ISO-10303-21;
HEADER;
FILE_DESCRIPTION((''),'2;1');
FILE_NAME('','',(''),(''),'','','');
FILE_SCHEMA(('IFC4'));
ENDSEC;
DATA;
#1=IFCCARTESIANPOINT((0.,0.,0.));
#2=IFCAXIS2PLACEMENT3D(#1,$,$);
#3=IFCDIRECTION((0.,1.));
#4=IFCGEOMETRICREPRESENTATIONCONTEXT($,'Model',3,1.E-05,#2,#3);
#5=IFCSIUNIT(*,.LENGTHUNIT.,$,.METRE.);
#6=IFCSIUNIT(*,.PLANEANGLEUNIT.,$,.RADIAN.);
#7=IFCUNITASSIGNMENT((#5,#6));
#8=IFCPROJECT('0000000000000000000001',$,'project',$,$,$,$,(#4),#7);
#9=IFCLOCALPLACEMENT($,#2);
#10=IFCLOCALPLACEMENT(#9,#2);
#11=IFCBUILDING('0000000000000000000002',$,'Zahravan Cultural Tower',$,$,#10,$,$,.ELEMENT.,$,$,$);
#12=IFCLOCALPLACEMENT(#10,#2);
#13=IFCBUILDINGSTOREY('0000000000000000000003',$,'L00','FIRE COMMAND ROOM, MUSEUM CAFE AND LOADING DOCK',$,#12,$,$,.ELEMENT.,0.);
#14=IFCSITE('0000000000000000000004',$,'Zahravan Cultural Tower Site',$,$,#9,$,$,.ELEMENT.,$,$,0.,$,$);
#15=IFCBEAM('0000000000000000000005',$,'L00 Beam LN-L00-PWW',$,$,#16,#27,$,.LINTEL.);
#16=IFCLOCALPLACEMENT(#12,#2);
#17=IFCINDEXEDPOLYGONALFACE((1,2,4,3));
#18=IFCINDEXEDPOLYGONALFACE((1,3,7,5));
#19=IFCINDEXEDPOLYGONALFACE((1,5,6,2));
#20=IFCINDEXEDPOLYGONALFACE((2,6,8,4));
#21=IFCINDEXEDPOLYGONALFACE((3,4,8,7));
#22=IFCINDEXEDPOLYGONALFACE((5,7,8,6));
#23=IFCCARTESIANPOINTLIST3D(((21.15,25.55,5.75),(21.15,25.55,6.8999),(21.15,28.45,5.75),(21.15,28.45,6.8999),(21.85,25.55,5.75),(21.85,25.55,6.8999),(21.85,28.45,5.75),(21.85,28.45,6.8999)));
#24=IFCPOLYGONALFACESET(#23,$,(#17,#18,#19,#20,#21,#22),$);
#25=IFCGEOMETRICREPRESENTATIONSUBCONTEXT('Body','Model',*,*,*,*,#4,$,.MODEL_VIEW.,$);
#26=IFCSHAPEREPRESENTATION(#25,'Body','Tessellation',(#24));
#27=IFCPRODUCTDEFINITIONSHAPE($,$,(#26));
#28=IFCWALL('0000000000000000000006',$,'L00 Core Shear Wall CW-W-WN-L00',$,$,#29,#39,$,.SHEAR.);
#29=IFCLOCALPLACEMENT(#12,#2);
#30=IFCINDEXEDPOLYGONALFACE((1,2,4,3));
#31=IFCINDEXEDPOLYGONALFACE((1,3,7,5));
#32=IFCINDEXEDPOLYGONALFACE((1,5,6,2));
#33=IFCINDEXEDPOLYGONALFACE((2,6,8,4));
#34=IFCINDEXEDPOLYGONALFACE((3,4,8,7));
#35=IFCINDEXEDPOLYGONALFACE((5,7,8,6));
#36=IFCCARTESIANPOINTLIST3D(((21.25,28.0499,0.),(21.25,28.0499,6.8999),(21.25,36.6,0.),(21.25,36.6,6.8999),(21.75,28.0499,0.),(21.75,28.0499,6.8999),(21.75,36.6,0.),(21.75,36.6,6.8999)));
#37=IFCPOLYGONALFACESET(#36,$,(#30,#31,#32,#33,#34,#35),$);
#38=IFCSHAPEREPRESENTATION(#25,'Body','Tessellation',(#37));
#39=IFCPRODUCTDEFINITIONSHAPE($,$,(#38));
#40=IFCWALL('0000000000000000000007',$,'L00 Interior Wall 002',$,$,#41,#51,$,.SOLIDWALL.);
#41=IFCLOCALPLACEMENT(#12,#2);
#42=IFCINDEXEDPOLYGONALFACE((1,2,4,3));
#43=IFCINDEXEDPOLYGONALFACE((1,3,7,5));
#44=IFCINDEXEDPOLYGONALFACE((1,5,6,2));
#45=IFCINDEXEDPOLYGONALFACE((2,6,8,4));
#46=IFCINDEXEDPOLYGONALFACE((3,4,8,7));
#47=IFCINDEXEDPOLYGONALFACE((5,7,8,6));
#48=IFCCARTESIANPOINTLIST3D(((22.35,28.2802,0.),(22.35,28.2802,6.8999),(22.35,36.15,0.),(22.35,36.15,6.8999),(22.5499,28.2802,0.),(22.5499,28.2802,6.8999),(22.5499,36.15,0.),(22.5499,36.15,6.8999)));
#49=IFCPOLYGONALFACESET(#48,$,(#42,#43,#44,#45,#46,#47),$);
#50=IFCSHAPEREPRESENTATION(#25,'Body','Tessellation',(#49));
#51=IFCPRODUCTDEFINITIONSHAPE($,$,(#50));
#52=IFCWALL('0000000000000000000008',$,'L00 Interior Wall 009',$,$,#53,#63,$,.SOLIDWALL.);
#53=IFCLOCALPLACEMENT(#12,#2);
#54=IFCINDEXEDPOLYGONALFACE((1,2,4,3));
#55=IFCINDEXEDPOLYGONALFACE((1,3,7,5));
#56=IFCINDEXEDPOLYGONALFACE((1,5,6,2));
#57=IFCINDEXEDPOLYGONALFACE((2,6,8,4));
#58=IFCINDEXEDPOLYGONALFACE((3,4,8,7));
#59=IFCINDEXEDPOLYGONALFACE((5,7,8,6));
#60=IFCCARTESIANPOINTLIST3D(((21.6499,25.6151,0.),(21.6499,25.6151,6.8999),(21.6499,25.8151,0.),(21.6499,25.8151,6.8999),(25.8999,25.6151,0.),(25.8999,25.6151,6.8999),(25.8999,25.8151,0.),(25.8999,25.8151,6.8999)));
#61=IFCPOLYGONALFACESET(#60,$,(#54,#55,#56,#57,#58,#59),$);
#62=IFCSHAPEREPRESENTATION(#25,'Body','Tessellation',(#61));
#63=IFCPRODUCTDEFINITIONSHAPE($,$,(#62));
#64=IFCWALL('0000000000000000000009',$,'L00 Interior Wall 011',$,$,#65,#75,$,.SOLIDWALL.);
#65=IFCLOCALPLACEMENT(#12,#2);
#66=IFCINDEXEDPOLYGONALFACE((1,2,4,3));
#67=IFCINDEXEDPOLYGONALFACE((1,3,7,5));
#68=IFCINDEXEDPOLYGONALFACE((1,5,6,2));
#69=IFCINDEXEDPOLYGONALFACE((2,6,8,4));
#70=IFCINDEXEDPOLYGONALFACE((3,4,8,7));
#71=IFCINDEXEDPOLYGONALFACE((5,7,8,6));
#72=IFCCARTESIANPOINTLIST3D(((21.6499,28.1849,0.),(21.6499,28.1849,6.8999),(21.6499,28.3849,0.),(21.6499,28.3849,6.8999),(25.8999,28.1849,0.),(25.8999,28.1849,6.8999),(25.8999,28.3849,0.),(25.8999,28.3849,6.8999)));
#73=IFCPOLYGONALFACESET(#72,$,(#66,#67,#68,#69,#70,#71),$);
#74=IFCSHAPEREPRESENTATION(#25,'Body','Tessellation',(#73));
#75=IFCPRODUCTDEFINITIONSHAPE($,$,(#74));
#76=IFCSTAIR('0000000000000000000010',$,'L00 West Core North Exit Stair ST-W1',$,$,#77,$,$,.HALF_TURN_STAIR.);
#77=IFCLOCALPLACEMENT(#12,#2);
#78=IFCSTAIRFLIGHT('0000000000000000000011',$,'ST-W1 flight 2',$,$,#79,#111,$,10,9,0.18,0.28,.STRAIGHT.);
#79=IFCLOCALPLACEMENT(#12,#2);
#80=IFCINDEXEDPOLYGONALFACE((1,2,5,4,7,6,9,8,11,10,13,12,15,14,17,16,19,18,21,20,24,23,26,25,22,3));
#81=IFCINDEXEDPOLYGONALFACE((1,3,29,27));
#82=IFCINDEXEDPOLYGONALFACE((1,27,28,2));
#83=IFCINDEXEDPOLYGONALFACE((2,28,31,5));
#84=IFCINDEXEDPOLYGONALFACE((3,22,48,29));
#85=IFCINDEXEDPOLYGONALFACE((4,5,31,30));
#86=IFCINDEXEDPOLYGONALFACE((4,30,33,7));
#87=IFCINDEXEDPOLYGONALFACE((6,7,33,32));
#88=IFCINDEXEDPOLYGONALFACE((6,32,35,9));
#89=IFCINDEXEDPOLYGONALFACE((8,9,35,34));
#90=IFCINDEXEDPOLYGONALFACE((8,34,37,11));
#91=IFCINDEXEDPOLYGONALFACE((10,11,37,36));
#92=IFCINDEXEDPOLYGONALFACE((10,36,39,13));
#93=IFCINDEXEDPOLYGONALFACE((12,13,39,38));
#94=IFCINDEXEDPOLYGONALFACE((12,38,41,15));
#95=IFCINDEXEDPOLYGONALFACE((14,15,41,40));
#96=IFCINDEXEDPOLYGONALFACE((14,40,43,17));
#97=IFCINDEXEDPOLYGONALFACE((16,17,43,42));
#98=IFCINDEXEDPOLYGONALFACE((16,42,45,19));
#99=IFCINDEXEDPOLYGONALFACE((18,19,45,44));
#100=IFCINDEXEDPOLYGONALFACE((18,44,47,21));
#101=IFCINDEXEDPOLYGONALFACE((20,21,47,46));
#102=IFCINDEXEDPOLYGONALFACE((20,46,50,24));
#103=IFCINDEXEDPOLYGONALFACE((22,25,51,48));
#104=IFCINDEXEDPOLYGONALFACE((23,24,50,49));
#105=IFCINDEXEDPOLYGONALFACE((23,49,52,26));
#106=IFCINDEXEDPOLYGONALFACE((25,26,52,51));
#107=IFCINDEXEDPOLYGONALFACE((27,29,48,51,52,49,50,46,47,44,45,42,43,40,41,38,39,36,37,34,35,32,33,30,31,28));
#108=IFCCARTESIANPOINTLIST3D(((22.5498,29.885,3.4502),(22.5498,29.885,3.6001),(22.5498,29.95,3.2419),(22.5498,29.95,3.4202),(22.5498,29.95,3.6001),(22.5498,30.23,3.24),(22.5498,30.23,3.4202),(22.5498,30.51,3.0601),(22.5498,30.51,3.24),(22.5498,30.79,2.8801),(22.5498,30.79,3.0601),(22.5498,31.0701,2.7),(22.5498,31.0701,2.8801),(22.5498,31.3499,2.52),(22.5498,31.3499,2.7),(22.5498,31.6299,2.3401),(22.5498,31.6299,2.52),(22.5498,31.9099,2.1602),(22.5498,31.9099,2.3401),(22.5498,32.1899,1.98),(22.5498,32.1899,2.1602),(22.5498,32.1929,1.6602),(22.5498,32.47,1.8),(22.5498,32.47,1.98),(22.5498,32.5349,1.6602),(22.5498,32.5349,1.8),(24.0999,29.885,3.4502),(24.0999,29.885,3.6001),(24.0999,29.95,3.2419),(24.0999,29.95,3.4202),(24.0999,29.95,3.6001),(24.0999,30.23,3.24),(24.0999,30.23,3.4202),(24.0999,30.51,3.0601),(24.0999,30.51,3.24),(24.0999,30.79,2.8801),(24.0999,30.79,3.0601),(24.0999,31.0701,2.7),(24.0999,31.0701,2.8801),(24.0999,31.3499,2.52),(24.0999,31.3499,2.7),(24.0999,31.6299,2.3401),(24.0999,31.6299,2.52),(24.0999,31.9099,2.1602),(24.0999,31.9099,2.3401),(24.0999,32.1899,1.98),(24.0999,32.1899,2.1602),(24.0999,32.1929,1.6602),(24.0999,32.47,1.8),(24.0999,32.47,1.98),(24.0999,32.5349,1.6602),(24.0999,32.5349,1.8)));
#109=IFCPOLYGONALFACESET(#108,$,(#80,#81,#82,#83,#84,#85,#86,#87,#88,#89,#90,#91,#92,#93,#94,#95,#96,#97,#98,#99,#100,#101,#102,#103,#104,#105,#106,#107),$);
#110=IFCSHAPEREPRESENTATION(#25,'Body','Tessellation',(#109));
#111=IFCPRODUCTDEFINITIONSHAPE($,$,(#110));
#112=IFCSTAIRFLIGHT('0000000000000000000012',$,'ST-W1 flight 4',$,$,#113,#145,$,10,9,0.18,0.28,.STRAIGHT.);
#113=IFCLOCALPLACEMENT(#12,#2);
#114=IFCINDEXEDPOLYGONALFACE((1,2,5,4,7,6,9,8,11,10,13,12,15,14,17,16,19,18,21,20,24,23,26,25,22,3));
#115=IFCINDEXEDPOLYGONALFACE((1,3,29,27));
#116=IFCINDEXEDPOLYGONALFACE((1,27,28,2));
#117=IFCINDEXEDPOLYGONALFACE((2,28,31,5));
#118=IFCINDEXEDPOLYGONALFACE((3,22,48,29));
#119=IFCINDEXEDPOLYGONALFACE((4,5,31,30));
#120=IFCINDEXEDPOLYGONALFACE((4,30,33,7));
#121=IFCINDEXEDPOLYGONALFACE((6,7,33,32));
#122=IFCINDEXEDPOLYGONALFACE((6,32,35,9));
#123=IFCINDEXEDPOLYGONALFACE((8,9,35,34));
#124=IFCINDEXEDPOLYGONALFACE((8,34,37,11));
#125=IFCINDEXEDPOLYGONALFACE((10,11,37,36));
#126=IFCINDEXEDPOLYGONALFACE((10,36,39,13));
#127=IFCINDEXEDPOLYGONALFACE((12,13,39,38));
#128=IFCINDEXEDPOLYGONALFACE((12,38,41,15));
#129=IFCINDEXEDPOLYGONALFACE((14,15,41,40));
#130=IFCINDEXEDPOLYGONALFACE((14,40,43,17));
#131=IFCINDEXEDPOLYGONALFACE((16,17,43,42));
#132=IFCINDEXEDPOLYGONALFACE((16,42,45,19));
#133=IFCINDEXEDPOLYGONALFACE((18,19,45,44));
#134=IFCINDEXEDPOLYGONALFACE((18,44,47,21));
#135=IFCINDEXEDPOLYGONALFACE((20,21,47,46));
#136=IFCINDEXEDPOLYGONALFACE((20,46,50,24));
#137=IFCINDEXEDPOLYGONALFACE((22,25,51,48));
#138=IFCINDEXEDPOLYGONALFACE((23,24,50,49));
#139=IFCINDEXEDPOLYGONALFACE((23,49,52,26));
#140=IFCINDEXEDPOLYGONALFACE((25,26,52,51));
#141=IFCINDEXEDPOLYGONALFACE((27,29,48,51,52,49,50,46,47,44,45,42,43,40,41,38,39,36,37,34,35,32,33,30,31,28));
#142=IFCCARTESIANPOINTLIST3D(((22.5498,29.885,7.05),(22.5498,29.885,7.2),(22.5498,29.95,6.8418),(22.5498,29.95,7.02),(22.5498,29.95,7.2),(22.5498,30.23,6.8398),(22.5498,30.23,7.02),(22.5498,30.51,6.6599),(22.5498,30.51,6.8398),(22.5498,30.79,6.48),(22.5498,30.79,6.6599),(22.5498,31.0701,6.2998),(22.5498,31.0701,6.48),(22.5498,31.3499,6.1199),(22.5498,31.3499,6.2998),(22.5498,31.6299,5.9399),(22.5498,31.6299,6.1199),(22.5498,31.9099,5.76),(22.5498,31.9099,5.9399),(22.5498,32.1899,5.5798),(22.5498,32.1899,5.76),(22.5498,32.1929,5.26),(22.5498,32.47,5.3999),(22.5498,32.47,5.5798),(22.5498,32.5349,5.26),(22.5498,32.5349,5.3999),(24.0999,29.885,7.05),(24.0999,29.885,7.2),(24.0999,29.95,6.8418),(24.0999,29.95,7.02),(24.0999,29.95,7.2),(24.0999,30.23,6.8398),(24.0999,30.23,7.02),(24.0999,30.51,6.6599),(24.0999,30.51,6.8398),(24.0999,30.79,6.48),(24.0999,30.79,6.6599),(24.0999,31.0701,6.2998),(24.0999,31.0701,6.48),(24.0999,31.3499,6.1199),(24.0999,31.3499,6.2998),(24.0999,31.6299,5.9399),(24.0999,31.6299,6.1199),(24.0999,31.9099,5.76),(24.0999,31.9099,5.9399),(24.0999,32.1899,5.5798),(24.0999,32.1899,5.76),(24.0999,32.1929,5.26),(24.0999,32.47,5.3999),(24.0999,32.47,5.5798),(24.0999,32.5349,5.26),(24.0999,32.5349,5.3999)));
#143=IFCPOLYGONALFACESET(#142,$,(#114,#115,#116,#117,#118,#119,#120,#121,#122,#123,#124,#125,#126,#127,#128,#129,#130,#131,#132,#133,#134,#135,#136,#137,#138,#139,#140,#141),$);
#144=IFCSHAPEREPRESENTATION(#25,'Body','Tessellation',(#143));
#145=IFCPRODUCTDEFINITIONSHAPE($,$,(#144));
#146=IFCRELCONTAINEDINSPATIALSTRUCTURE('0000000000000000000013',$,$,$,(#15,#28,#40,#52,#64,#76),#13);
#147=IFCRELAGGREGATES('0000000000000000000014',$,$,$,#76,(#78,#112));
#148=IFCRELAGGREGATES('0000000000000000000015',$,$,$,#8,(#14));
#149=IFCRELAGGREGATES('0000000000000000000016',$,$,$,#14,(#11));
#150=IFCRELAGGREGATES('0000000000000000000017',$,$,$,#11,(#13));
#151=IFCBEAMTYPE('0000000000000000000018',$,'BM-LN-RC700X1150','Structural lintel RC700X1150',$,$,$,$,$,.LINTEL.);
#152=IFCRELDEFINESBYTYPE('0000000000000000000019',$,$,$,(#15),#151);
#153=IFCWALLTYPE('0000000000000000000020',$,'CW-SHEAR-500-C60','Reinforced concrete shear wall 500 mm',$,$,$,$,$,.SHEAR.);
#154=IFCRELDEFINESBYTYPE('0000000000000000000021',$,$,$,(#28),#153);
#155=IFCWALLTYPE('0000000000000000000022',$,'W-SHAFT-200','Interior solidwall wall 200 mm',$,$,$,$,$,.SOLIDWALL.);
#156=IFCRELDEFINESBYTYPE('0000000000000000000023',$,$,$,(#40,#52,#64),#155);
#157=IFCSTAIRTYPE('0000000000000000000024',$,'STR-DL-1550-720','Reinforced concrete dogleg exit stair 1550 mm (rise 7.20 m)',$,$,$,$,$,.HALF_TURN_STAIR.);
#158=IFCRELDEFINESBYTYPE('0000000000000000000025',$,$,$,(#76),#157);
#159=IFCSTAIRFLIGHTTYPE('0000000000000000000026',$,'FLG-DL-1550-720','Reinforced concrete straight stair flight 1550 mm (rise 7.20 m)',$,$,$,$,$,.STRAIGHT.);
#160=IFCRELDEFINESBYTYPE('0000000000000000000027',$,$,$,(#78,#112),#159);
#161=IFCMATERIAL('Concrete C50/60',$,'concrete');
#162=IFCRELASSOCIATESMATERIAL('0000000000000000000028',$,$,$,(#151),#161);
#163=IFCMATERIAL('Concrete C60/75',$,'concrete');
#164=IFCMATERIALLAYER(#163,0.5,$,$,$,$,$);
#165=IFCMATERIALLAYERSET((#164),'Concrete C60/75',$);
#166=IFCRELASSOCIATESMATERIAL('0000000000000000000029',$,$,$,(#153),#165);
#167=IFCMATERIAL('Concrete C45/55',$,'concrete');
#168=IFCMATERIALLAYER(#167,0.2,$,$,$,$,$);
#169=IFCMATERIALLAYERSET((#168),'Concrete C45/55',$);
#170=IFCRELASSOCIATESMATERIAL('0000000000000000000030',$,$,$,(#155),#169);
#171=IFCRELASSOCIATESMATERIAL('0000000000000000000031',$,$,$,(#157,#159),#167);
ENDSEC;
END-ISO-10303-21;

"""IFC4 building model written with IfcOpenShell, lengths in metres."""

from ifc_helpers import new_model, si_unit, direction, frame, frame_2d, origin, origin_2d, place, context, subcontext, project, spatial, polyline, rectangle, outline, extrude, source, transform, mapped, material, layer, layer_set, material_profile, profile_set, type_object, element, aggregate, save


model = new_model("IFC4")

# Units and contexts
model_context = context("Model", 3, precision=1e-05, world=origin(), true_north=direction((0.0, 1.0)))
body_context = subcontext(model_context, "Body", "Model", "MODEL_VIEW")
ifc_project = project(units=[si_unit("LENGTHUNIT", "METRE"), si_unit("PLANEANGLEUNIT", "RADIAN")], contexts=[model_context])

# Site, building, storey
site_placement = place(None, origin())
site = spatial("IfcSite", under=ifc_project, at=site_placement, Name="Zahravan Cultural Tower Site", CompositionType="ELEMENT", RefElevation=0.0)
building_placement = place(site_placement, origin())
building = spatial("IfcBuilding", under=site, at=building_placement, Name="Zahravan Cultural Tower", CompositionType="ELEMENT")
storey_placement = place(building_placement, origin())
storey = spatial("IfcBuildingStorey", under=building, at=storey_placement, Name="L00", Description="FIRE COMMAND ROOM, MUSEUM CAFE AND LOADING DOCK", CompositionType="ELEMENT", Elevation=0.0)

# Beam
ifc_material_1 = material(Name="Concrete C50/60", Category="concrete")
ifc_material_profile = material_profile(ifc_material_1, rectangle(XDim=0.7, YDim=1.1499, at=origin_2d()), Name="RC700X1150")
ifc_profile_set = profile_set([ifc_material_profile], Name="Concrete C50/60")
beam_type = type_object("IfcBeamType", Name="BM-LN-RC700X1150", Description="Structural lintel RC700X1150", PredefinedType="LINTEL", material=ifc_profile_set)
shared_shape_1 = source(origin(), body_context, "Body", "SweptSolid", [
    extrude(rectangle(XDim=0.7, YDim=1.1499, at=origin_2d()), origin(), (0.0, 0.0, 1.0), 2.8999),
])
beam_placement = place(storey_placement, frame((21.5, 25.55, 6.325), z_axis=(0.0, 1.0, 0.0), x_axis=(-1.0, 0.0, 0.0)))
element("IfcBeam", 1, at=beam_placement, inside=storey, type_object=beam_type, Name="L00 Beam LN-L00-PWW", PredefinedType="LINTEL", context=body_context, shape_type="MappedRepresentation", body=[
    mapped(shared_shape_1, transform((0.0, 0.0, 0.0), x_axis=(1.0, 0.0, 0.0), y_axis=(0.0, 1.0, 0.0), z_axis=(0.0, 0.0, 1.0), scale=1.0)),
])

# Walls
ifc_material_2 = material(Name="Concrete C60/75", Category="concrete")
ifc_layer_1 = layer(ifc_material_2, 0.5)
ifc_layer_set_1 = layer_set([ifc_layer_1], Name="Concrete C60/75")
wall_type_1 = type_object("IfcWallType", Name="CW-SHEAR-500-C60", Description="Reinforced concrete shear wall 500 mm", PredefinedType="SHEAR", material=ifc_layer_set_1)
shared_shape_2 = source(origin(), body_context, "Body", "SweptSolid", [
    extrude(rectangle(XDim=8.55, YDim=0.5, at=frame_2d((4.2749, 0.0))), origin(), (0.0, 0.0, 1.0), 6.8999),
])
wall_1_placement = place(storey_placement, frame((21.5, 28.05, 0.0), z_axis=(0.0, 0.0, 1.0), x_axis=(0.0, 1.0, 0.0)))
element("IfcWall", 2, at=wall_1_placement, inside=storey, type_object=wall_type_1, Name="L00 Core Shear Wall CW-W-WN-L00", PredefinedType="SHEAR", context=body_context, shape_type="MappedRepresentation", body=[
    mapped(shared_shape_2, transform((0.0, 0.0, 0.0), x_axis=(1.0, 0.0, 0.0), y_axis=(0.0, 1.0, 0.0), z_axis=(0.0, 0.0, 1.0), scale=1.0)),
])
ifc_material_3 = material(Name="Concrete C45/55", Category="concrete")
ifc_layer_2 = layer(ifc_material_3, 0.2)
ifc_layer_set_2 = layer_set([ifc_layer_2], Name="Concrete C45/55")
wall_type_2 = type_object("IfcWallType", Name="W-SHAFT-200", Description="Interior solidwall wall 200 mm", PredefinedType="SOLIDWALL", material=ifc_layer_set_2)
shared_shape_3 = source(origin(), body_context, "Body", "SweptSolid", [
    extrude(rectangle(XDim=7.8699, YDim=0.2, at=frame_2d((3.9351, 0.0))), origin(), (0.0, 0.0, 1.0), 6.8999),
])
wall_2_placement = place(storey_placement, frame((22.45, 28.28, 0.0), z_axis=(0.0, 0.0, 1.0), x_axis=(0.0, 1.0, 0.0)))
element("IfcWall", 3, at=wall_2_placement, inside=storey, type_object=wall_type_2, Name="L00 Interior Wall 002", PredefinedType="SOLIDWALL", context=body_context, shape_type="MappedRepresentation", body=[
    mapped(shared_shape_3, transform((0.0, 0.0, 0.0), x_axis=(1.0, 0.0, 0.0), y_axis=(0.0, 1.0, 0.0), z_axis=(0.0, 0.0, 1.0), scale=1.0)),
])
shared_shape_4 = source(origin(), body_context, "Body", "SweptSolid", [
    extrude(rectangle(XDim=4.25, YDim=0.2, at=frame_2d((2.125, 0.0))), origin(), (0.0, 0.0, 1.0), 6.8999),
])
for number, where, z_axis, x_axis, name in (
    (4, (21.6499, 25.7151, 0.0), (0.0, 0.0, 1.0), (1.0, 0.0, 0.0), "L00 Interior Wall 009"),
    (5, (21.6499, 28.2849, 0.0), (0.0, 0.0, 1.0), (1.0, 0.0, 0.0), "L00 Interior Wall 011"),
):
    element("IfcWall", number, at=place(storey_placement, frame(where, z_axis=z_axis, x_axis=x_axis)), inside=storey, type_object=wall_type_2, Name=name, PredefinedType="SOLIDWALL", context=body_context, shape_type="MappedRepresentation", body=[
        mapped(shared_shape_4, transform((0.0, 0.0, 0.0), x_axis=(1.0, 0.0, 0.0), y_axis=(0.0, 1.0, 0.0), z_axis=(0.0, 0.0, 1.0), scale=1.0)),
    ])

# Stair, stair flights
stair_type = type_object("IfcStairType", Name="STR-DL-1550-720", Description="Reinforced concrete dogleg exit stair 1550 mm (rise 7.20 m)", PredefinedType="HALF_TURN_STAIR", material=ifc_material_3)
stair_1_placement = place(storey_placement, origin())
stair_1 = element("IfcStair", 6, at=stair_1_placement, inside=storey, type_object=stair_type, Name="L00 West Core North Exit Stair ST-W1", PredefinedType="HALF_TURN_STAIR")
stair_flight_type = type_object("IfcStairFlightType", Name="FLG-DL-1550-720", Description="Reinforced concrete straight stair flight 1550 mm (rise 7.20 m)", PredefinedType="STRAIGHT", material=ifc_material_3)
stair_flight_1_placement = place(storey_placement, frame((23.325, 32.47, 1.8), z_axis=(0.0, 0.0, 1.0), x_axis=(0.0, -1.0, 0.0)))
stair_flight_1 = element("IfcStairFlight", 7, at=stair_flight_1_placement, type_object=stair_flight_type, Name="ST-W1 flight 2", NumberOfRisers=10, NumberOfTreads=9, PredefinedType="STRAIGHT", RiserHeight=0.18, TreadLength=0.28, context=body_context, shape_type="SweptSolid", body=[
    extrude(outline(polyline([(-0.0649, -0.1399), (-0.0649, 0.0), (0.0, 0.0), (0.0, 0.1799), (0.28, 0.1799), (0.28, 0.3601), (0.5601, 0.3601), (0.5601, 0.54), (0.8401, 0.54), (0.8401, 0.72), (1.1201, 0.72), (1.1201, 0.8999), (1.3999, 0.8999), (1.3999, 1.0801), (1.6799, 1.0801), (1.6799, 1.26), (1.96, 1.26), (1.96, 1.4399), (2.24, 1.4399), (2.24, 1.6201), (2.52, 1.6201), (2.52, 1.8), (2.585, 1.8), (2.585, 1.6501), (2.52, 1.4419), (0.2771, -0.1399), (-0.0649, -0.1399)])), frame((0.0, 0.7749, 0.0), z_axis=(0.0, -1.0, 0.0), x_axis=(1.0, 0.0, 0.0)), (0.0, 0.0, 1.0), 1.55),
])
stair_flight_2_placement = place(storey_placement, frame((23.325, 32.47, 5.3999), z_axis=(0.0, 0.0, 1.0), x_axis=(0.0, -1.0, 0.0)))
stair_flight_2 = element("IfcStairFlight", 8, at=stair_flight_2_placement, type_object=stair_flight_type, Name="ST-W1 flight 4", NumberOfRisers=10, NumberOfTreads=9, PredefinedType="STRAIGHT", RiserHeight=0.18, TreadLength=0.28, context=body_context, shape_type="SweptSolid", body=[
    extrude(outline(polyline([(-0.0649, -0.1399), (-0.0649, 0.0), (0.0, 0.0), (0.0, 0.1799), (0.28, 0.1799), (0.28, 0.3601), (0.5601, 0.3601), (0.5601, 0.54), (0.8401, 0.54), (0.8401, 0.72), (1.1201, 0.72), (1.1201, 0.8999), (1.3999, 0.8999), (1.3999, 1.0801), (1.6799, 1.0801), (1.6799, 1.26), (1.96, 1.26), (1.96, 1.4399), (2.24, 1.4399), (2.24, 1.6201), (2.52, 1.6201), (2.52, 1.8), (2.585, 1.8), (2.585, 1.6501), (2.52, 1.4419), (0.2771, -0.1399), (-0.0649, -0.1399)])), frame((0.0, 0.7749, 0.0), z_axis=(0.0, -1.0, 0.0), x_axis=(1.0, 0.0, 0.0)), (0.0, 0.0, 1.0), 1.55),
])
aggregate(stair_1, [stair_flight_1, stair_flight_2])

save(model, "model.ifc")
